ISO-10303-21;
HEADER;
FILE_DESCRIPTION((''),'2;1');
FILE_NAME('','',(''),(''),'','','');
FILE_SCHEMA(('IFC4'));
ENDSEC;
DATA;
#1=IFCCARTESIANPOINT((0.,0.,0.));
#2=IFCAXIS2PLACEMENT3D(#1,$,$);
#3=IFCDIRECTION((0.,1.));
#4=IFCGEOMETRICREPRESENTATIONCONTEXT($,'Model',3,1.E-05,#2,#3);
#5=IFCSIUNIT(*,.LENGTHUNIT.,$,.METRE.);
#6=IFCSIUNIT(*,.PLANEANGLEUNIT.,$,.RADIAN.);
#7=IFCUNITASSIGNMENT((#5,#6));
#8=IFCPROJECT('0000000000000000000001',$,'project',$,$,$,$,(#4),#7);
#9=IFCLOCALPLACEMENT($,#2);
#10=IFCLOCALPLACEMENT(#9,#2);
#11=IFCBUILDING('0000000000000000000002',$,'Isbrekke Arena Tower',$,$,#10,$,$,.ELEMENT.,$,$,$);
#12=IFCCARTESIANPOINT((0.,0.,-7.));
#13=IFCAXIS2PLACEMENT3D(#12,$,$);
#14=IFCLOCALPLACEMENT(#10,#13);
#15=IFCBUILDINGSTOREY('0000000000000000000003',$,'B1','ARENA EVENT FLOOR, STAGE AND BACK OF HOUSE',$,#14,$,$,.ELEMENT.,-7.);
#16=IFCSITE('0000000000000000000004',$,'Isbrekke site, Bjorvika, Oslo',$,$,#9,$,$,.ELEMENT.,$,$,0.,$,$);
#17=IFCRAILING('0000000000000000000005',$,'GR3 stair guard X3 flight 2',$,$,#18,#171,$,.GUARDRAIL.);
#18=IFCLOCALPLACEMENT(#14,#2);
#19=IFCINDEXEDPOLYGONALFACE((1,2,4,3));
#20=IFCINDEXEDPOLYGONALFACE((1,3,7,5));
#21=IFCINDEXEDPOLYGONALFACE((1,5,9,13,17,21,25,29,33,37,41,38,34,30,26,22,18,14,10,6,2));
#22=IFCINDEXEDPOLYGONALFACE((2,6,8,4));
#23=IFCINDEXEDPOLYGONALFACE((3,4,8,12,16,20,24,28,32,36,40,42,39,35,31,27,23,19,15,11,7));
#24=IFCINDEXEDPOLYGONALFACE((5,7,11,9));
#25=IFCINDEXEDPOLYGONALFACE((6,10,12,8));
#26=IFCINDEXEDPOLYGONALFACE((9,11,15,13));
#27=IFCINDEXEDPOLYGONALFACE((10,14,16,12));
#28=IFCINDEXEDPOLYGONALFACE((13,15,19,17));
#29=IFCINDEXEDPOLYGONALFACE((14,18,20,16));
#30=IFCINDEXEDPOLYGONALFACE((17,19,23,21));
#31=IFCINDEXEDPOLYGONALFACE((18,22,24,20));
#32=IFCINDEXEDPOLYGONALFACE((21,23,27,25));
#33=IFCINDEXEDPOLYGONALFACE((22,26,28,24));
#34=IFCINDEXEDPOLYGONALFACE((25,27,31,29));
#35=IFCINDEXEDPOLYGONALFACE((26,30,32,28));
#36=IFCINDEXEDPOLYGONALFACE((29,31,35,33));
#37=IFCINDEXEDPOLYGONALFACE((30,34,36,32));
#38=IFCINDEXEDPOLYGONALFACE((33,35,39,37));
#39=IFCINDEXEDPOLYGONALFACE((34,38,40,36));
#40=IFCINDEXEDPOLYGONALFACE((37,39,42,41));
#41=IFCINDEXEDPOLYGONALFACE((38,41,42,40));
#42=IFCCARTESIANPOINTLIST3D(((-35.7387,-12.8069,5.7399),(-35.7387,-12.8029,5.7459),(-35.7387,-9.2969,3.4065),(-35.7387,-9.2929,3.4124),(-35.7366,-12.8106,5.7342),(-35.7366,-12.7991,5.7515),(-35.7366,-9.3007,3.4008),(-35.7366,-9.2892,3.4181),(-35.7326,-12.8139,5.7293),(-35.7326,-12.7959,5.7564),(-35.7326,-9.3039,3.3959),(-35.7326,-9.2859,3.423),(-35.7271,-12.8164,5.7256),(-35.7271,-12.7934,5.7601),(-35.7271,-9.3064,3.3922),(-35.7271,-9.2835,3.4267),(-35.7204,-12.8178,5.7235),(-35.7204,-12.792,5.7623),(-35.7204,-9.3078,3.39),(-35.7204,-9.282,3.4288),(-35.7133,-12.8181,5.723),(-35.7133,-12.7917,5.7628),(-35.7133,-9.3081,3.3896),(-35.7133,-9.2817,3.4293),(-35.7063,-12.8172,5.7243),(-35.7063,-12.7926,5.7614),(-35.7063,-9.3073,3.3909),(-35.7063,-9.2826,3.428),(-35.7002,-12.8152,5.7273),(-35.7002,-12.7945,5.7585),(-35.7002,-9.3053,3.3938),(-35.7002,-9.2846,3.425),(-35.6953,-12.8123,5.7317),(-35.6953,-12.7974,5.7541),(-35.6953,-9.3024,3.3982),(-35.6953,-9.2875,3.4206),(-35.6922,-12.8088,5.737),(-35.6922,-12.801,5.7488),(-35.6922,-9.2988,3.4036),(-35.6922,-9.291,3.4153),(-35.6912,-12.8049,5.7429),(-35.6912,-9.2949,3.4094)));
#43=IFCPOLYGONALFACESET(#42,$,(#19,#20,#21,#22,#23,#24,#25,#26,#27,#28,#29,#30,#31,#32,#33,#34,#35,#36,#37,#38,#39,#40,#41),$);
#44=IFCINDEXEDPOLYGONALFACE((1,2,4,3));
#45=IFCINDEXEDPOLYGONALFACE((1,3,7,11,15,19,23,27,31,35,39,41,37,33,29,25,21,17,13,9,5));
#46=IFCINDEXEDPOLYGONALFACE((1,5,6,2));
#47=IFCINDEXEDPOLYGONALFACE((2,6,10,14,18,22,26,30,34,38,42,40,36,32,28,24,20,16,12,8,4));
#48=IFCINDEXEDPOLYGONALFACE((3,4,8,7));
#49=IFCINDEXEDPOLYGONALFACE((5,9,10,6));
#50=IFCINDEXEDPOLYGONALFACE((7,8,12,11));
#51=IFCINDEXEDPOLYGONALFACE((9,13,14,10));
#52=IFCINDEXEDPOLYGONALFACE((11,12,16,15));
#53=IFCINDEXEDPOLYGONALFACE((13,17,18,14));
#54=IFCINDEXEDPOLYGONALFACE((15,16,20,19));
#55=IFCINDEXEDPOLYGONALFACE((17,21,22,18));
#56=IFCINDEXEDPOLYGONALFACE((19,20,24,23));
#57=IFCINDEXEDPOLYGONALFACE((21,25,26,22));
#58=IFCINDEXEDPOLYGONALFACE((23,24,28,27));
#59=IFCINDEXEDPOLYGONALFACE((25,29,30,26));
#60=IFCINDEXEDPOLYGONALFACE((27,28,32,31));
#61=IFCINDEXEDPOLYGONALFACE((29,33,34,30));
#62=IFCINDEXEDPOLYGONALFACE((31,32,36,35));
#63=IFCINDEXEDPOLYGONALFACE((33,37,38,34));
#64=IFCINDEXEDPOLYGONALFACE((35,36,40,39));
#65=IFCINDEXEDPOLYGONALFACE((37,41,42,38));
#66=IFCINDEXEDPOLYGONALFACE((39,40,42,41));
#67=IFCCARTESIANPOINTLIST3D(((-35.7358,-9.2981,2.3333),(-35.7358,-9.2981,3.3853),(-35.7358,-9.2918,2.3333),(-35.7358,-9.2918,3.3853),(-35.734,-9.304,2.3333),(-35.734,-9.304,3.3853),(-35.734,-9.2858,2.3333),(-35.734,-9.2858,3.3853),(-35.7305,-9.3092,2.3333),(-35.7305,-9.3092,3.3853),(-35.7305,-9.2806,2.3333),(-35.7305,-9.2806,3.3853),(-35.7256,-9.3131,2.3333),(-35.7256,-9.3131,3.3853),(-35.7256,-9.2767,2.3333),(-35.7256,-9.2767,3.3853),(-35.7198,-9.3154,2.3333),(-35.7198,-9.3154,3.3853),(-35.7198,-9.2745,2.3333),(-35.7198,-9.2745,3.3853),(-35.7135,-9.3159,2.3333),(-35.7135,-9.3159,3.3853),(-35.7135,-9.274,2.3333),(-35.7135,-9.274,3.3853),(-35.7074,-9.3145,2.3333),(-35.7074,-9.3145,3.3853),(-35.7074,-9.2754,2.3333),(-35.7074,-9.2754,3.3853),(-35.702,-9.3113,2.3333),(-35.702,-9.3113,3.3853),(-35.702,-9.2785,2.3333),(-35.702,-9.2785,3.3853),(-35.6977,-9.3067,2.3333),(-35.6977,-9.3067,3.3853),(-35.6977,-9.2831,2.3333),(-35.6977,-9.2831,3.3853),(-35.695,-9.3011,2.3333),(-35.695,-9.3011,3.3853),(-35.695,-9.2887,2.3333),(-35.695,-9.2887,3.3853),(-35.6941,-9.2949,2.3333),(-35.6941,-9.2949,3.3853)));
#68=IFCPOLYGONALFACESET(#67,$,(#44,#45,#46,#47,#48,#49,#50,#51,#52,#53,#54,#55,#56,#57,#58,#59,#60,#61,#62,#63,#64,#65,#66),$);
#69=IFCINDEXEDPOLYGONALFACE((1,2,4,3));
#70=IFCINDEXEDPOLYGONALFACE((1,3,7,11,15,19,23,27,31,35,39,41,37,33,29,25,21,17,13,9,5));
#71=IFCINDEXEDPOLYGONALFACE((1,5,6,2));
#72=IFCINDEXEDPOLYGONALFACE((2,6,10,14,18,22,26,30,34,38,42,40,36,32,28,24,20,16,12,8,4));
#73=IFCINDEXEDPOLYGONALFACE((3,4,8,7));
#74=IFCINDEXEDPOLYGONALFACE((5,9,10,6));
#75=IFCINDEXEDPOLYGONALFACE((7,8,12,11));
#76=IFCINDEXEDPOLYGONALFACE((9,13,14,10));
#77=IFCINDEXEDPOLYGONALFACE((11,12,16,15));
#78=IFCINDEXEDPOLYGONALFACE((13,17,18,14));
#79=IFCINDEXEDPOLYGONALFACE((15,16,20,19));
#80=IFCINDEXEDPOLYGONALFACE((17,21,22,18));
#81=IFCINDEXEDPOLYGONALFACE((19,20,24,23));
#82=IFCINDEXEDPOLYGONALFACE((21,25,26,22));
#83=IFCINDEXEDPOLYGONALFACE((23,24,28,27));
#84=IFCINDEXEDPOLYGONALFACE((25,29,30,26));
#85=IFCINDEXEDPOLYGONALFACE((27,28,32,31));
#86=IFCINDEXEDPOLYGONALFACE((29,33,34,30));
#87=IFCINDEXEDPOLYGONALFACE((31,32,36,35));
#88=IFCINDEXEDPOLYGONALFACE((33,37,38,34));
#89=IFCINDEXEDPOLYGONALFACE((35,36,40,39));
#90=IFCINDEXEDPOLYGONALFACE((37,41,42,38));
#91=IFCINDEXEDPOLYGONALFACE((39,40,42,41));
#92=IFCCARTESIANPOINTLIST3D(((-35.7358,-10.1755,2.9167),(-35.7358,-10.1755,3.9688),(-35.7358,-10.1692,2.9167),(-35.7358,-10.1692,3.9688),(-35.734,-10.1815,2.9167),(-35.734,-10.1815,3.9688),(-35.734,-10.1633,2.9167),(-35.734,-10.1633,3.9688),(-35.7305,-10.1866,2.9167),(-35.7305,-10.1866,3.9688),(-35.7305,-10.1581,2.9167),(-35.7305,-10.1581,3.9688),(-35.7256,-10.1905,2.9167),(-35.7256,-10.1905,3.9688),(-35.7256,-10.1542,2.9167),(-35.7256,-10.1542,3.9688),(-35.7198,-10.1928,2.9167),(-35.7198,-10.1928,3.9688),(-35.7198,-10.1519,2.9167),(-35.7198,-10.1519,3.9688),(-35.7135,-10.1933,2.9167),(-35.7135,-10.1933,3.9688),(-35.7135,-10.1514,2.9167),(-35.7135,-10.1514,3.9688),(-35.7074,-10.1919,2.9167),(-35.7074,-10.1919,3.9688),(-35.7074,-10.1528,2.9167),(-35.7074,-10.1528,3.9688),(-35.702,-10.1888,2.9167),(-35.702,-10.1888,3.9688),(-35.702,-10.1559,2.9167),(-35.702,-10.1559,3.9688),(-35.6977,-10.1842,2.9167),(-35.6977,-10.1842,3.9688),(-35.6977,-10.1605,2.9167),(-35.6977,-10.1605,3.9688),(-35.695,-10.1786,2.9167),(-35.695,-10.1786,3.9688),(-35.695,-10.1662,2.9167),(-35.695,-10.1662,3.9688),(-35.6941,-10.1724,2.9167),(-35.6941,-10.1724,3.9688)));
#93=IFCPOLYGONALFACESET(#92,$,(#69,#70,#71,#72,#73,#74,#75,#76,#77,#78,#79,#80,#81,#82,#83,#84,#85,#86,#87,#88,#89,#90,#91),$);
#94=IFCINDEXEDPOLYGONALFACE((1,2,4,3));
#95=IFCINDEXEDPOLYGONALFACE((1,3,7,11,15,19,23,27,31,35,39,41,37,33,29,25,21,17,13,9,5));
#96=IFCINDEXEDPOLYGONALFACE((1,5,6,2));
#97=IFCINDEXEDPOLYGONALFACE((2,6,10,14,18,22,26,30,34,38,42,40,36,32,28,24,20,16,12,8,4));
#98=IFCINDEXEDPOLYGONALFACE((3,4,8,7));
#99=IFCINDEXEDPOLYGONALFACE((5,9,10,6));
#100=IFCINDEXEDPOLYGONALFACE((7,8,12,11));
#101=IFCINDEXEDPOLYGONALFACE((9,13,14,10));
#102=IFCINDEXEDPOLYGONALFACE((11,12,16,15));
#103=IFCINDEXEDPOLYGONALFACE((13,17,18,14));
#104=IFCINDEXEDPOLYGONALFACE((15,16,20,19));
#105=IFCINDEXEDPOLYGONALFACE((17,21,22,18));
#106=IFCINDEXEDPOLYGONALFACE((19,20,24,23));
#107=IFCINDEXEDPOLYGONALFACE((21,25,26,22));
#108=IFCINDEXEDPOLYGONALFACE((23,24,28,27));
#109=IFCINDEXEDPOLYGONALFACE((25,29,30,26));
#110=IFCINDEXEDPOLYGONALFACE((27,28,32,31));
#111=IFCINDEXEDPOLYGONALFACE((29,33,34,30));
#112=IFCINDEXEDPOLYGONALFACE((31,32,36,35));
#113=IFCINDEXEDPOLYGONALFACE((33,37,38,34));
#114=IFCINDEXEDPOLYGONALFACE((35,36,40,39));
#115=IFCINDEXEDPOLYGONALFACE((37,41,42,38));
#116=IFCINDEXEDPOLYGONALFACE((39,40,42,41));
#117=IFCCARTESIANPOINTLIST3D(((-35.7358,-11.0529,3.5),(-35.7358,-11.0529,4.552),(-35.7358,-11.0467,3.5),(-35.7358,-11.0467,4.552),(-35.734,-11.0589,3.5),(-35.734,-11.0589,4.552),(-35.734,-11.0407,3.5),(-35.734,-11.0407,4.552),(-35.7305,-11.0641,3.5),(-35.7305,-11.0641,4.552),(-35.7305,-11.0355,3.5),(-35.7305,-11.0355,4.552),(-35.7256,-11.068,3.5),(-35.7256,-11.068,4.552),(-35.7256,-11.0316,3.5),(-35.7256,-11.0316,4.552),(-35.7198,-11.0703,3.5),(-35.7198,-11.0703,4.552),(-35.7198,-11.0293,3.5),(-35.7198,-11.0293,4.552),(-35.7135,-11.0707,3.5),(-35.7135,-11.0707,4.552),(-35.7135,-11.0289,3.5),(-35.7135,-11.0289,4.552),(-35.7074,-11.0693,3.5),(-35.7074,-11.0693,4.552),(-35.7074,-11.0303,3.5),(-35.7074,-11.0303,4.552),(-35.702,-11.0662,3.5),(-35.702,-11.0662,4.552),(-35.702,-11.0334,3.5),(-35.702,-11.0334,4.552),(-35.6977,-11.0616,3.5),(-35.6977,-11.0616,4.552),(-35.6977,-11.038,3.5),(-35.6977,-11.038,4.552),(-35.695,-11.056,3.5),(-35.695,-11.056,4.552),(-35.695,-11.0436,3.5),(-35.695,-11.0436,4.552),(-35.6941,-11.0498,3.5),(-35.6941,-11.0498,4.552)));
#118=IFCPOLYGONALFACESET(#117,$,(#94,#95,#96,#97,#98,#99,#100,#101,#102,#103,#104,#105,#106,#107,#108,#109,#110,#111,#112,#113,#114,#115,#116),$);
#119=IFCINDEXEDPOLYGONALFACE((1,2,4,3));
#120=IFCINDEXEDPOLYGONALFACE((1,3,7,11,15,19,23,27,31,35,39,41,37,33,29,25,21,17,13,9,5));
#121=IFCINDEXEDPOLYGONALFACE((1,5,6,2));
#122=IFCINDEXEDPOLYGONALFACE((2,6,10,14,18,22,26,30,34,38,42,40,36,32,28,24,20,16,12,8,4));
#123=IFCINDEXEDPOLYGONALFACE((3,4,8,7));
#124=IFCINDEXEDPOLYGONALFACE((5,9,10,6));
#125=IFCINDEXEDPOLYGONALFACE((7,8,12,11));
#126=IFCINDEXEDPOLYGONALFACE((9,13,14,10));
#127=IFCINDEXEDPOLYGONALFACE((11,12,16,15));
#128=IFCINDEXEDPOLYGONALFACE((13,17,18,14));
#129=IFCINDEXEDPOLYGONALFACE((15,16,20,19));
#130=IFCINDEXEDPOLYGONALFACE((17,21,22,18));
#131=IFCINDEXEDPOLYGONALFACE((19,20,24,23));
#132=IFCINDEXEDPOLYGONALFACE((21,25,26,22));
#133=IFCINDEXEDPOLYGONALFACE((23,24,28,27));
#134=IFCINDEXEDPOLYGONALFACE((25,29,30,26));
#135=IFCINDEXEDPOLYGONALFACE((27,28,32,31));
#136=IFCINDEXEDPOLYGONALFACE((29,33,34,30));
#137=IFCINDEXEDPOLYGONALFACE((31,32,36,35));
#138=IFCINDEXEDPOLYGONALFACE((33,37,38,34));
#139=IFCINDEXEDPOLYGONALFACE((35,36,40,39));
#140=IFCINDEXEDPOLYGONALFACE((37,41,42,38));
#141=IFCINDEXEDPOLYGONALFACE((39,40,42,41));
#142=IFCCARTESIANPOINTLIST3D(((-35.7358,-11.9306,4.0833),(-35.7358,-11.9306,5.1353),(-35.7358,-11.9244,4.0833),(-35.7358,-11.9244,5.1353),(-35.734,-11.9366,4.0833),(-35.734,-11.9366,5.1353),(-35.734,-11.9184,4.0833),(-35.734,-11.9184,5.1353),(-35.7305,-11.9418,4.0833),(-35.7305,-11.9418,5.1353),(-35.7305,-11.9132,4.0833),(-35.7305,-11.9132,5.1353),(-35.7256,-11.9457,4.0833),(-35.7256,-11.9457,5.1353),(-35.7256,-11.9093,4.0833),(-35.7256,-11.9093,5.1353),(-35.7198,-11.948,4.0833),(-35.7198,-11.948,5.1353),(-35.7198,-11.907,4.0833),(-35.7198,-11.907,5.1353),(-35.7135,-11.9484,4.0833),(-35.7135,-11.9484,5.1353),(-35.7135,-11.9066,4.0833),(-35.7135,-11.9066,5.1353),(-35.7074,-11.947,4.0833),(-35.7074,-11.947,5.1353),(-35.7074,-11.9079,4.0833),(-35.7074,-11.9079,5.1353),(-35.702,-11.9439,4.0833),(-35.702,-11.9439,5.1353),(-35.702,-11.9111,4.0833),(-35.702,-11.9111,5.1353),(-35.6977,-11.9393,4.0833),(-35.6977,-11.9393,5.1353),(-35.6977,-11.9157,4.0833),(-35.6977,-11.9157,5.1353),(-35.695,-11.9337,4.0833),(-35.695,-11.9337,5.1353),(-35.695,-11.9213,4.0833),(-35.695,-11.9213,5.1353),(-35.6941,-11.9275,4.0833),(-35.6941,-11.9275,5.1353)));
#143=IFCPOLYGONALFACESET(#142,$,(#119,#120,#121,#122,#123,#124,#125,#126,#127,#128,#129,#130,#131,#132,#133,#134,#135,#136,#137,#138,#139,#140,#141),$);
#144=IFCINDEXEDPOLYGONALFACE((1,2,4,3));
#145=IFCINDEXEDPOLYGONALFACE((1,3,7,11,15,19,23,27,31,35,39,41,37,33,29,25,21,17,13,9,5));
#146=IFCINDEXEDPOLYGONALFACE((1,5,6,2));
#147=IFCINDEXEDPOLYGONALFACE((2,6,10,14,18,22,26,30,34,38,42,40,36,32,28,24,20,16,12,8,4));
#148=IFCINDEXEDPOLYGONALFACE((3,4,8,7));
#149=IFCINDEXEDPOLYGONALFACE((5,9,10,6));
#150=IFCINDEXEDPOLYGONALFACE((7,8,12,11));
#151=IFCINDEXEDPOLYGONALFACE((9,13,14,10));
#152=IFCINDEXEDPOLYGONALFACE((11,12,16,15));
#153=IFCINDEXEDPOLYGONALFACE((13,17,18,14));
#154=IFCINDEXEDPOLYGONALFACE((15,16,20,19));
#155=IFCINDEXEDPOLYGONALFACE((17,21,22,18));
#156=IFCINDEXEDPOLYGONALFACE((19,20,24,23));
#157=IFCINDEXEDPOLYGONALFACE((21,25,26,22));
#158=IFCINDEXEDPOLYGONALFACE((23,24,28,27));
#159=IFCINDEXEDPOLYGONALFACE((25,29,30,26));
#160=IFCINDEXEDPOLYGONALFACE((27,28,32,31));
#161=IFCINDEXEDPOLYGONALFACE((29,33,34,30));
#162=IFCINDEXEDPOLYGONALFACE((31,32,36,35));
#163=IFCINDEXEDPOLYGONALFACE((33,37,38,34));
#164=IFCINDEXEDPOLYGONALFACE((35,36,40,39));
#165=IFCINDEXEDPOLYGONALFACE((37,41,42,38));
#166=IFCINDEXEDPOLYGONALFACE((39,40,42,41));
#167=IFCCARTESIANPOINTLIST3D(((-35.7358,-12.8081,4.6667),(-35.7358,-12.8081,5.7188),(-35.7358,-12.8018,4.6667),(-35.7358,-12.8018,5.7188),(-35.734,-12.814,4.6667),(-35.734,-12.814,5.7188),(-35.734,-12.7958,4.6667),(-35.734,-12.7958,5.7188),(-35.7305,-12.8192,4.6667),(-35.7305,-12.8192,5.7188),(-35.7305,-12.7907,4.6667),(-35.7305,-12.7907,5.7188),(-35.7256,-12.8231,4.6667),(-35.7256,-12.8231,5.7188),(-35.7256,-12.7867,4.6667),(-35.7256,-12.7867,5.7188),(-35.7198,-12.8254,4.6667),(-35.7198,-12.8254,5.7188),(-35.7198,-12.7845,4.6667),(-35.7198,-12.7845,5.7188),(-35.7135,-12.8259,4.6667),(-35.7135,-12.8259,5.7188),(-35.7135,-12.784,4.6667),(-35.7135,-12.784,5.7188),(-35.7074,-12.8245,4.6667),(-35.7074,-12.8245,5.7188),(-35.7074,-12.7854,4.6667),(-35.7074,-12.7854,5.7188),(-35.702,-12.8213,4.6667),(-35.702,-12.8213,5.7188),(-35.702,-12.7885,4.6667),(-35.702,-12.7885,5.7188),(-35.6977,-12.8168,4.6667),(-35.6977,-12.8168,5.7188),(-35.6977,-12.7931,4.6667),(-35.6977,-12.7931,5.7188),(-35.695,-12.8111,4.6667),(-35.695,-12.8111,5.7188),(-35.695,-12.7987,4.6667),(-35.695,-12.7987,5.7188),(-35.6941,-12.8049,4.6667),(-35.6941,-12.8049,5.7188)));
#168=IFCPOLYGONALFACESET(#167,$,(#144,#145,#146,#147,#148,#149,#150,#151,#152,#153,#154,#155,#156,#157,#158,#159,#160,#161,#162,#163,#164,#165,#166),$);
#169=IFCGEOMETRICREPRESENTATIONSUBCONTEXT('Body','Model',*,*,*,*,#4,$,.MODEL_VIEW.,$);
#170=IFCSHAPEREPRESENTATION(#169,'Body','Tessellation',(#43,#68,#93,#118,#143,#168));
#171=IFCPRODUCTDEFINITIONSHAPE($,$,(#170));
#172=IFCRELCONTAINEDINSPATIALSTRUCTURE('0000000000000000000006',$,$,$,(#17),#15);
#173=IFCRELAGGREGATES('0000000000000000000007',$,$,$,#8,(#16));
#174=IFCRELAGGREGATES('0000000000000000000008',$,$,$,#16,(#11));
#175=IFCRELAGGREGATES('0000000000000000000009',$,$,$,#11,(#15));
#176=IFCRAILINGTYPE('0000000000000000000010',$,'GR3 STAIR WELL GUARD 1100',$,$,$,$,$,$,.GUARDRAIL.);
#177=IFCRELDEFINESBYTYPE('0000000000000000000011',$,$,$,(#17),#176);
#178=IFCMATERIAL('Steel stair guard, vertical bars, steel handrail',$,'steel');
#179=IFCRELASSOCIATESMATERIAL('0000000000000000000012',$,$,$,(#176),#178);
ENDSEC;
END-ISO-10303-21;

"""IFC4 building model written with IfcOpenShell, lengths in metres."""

from ifc_helpers import new_model, si_unit, direction, frame, origin, origin_2d, place, context, subcontext, project, spatial, circle, extrude, material, type_object, element, save


model = new_model("IFC4")

# Units and contexts
model_context = context("Model", 3, precision=1e-05, world=origin(), true_north=direction((0.0, 1.0)))
body_context = subcontext(model_context, "Body", "Model", "MODEL_VIEW")
ifc_project = project(units=[si_unit("LENGTHUNIT", "METRE"), si_unit("PLANEANGLEUNIT", "RADIAN")], contexts=[model_context])

# Site, building, storey
site_placement = place(None, origin())
site = spatial("IfcSite", under=ifc_project, at=site_placement, Name="Isbrekke site, Bjorvika, Oslo", CompositionType="ELEMENT", RefElevation=0.0)
building_placement = place(site_placement, origin())
building = spatial("IfcBuilding", under=site, at=building_placement, Name="Isbrekke Arena Tower", CompositionType="ELEMENT")
storey_placement = place(building_placement, frame((0.0, 0.0, -7.0)))
storey = spatial("IfcBuildingStorey", under=building, at=storey_placement, Name="B1", Description="ARENA EVENT FLOOR, STAGE AND BACK OF HOUSE", CompositionType="ELEMENT", Elevation=-7.0)

# Railing
ifc_material_1 = material(Name="Steel stair guard, vertical bars, steel handrail", Category="steel")
railing_type = type_object("IfcRailingType", Name="GR3 STAIR WELL GUARD 1100", PredefinedType="GUARDRAIL", material=ifc_material_1)
railing_1_placement = place(storey_placement, frame((-35.7151, -9.2949, 2.3333)))
element("IfcRailing", 1, at=railing_1_placement, inside=storey, type_object=railing_type, Name="GR3 stair guard X3 flight 2", PredefinedType="GUARDRAIL", context=body_context, shape_type="SweptSolid", body=[
    extrude(circle(Radius=0.0239, at=origin_2d()), frame((0.0, 0.0, 1.0762), z_axis=(0.0, -0.832763, 0.55363), x_axis=(1.0, 0.0, 0.0)), (0.0, 0.0, 1.0), 4.2148),
    extrude(circle(Radius=0.021, at=origin_2d()), origin(), (0.0, 0.0, 1.0), 1.052),
    extrude(circle(Radius=0.021, at=origin_2d()), frame((0.0, -0.8774, 0.5835)), (0.0, 0.0, 1.0), 1.052),
    extrude(circle(Radius=0.021, at=origin_2d()), frame((0.0, -1.7549, 1.1667)), (0.0, 0.0, 1.0), 1.052),
    extrude(circle(Radius=0.021, at=origin_2d()), frame((0.0, -2.6326, 1.75)), (0.0, 0.0, 1.0), 1.052),
    extrude(circle(Radius=0.021, at=origin_2d()), frame((0.0, -3.51, 2.3335)), (0.0, 0.0, 1.0), 1.052),
])

save(model, "model.ifc")
